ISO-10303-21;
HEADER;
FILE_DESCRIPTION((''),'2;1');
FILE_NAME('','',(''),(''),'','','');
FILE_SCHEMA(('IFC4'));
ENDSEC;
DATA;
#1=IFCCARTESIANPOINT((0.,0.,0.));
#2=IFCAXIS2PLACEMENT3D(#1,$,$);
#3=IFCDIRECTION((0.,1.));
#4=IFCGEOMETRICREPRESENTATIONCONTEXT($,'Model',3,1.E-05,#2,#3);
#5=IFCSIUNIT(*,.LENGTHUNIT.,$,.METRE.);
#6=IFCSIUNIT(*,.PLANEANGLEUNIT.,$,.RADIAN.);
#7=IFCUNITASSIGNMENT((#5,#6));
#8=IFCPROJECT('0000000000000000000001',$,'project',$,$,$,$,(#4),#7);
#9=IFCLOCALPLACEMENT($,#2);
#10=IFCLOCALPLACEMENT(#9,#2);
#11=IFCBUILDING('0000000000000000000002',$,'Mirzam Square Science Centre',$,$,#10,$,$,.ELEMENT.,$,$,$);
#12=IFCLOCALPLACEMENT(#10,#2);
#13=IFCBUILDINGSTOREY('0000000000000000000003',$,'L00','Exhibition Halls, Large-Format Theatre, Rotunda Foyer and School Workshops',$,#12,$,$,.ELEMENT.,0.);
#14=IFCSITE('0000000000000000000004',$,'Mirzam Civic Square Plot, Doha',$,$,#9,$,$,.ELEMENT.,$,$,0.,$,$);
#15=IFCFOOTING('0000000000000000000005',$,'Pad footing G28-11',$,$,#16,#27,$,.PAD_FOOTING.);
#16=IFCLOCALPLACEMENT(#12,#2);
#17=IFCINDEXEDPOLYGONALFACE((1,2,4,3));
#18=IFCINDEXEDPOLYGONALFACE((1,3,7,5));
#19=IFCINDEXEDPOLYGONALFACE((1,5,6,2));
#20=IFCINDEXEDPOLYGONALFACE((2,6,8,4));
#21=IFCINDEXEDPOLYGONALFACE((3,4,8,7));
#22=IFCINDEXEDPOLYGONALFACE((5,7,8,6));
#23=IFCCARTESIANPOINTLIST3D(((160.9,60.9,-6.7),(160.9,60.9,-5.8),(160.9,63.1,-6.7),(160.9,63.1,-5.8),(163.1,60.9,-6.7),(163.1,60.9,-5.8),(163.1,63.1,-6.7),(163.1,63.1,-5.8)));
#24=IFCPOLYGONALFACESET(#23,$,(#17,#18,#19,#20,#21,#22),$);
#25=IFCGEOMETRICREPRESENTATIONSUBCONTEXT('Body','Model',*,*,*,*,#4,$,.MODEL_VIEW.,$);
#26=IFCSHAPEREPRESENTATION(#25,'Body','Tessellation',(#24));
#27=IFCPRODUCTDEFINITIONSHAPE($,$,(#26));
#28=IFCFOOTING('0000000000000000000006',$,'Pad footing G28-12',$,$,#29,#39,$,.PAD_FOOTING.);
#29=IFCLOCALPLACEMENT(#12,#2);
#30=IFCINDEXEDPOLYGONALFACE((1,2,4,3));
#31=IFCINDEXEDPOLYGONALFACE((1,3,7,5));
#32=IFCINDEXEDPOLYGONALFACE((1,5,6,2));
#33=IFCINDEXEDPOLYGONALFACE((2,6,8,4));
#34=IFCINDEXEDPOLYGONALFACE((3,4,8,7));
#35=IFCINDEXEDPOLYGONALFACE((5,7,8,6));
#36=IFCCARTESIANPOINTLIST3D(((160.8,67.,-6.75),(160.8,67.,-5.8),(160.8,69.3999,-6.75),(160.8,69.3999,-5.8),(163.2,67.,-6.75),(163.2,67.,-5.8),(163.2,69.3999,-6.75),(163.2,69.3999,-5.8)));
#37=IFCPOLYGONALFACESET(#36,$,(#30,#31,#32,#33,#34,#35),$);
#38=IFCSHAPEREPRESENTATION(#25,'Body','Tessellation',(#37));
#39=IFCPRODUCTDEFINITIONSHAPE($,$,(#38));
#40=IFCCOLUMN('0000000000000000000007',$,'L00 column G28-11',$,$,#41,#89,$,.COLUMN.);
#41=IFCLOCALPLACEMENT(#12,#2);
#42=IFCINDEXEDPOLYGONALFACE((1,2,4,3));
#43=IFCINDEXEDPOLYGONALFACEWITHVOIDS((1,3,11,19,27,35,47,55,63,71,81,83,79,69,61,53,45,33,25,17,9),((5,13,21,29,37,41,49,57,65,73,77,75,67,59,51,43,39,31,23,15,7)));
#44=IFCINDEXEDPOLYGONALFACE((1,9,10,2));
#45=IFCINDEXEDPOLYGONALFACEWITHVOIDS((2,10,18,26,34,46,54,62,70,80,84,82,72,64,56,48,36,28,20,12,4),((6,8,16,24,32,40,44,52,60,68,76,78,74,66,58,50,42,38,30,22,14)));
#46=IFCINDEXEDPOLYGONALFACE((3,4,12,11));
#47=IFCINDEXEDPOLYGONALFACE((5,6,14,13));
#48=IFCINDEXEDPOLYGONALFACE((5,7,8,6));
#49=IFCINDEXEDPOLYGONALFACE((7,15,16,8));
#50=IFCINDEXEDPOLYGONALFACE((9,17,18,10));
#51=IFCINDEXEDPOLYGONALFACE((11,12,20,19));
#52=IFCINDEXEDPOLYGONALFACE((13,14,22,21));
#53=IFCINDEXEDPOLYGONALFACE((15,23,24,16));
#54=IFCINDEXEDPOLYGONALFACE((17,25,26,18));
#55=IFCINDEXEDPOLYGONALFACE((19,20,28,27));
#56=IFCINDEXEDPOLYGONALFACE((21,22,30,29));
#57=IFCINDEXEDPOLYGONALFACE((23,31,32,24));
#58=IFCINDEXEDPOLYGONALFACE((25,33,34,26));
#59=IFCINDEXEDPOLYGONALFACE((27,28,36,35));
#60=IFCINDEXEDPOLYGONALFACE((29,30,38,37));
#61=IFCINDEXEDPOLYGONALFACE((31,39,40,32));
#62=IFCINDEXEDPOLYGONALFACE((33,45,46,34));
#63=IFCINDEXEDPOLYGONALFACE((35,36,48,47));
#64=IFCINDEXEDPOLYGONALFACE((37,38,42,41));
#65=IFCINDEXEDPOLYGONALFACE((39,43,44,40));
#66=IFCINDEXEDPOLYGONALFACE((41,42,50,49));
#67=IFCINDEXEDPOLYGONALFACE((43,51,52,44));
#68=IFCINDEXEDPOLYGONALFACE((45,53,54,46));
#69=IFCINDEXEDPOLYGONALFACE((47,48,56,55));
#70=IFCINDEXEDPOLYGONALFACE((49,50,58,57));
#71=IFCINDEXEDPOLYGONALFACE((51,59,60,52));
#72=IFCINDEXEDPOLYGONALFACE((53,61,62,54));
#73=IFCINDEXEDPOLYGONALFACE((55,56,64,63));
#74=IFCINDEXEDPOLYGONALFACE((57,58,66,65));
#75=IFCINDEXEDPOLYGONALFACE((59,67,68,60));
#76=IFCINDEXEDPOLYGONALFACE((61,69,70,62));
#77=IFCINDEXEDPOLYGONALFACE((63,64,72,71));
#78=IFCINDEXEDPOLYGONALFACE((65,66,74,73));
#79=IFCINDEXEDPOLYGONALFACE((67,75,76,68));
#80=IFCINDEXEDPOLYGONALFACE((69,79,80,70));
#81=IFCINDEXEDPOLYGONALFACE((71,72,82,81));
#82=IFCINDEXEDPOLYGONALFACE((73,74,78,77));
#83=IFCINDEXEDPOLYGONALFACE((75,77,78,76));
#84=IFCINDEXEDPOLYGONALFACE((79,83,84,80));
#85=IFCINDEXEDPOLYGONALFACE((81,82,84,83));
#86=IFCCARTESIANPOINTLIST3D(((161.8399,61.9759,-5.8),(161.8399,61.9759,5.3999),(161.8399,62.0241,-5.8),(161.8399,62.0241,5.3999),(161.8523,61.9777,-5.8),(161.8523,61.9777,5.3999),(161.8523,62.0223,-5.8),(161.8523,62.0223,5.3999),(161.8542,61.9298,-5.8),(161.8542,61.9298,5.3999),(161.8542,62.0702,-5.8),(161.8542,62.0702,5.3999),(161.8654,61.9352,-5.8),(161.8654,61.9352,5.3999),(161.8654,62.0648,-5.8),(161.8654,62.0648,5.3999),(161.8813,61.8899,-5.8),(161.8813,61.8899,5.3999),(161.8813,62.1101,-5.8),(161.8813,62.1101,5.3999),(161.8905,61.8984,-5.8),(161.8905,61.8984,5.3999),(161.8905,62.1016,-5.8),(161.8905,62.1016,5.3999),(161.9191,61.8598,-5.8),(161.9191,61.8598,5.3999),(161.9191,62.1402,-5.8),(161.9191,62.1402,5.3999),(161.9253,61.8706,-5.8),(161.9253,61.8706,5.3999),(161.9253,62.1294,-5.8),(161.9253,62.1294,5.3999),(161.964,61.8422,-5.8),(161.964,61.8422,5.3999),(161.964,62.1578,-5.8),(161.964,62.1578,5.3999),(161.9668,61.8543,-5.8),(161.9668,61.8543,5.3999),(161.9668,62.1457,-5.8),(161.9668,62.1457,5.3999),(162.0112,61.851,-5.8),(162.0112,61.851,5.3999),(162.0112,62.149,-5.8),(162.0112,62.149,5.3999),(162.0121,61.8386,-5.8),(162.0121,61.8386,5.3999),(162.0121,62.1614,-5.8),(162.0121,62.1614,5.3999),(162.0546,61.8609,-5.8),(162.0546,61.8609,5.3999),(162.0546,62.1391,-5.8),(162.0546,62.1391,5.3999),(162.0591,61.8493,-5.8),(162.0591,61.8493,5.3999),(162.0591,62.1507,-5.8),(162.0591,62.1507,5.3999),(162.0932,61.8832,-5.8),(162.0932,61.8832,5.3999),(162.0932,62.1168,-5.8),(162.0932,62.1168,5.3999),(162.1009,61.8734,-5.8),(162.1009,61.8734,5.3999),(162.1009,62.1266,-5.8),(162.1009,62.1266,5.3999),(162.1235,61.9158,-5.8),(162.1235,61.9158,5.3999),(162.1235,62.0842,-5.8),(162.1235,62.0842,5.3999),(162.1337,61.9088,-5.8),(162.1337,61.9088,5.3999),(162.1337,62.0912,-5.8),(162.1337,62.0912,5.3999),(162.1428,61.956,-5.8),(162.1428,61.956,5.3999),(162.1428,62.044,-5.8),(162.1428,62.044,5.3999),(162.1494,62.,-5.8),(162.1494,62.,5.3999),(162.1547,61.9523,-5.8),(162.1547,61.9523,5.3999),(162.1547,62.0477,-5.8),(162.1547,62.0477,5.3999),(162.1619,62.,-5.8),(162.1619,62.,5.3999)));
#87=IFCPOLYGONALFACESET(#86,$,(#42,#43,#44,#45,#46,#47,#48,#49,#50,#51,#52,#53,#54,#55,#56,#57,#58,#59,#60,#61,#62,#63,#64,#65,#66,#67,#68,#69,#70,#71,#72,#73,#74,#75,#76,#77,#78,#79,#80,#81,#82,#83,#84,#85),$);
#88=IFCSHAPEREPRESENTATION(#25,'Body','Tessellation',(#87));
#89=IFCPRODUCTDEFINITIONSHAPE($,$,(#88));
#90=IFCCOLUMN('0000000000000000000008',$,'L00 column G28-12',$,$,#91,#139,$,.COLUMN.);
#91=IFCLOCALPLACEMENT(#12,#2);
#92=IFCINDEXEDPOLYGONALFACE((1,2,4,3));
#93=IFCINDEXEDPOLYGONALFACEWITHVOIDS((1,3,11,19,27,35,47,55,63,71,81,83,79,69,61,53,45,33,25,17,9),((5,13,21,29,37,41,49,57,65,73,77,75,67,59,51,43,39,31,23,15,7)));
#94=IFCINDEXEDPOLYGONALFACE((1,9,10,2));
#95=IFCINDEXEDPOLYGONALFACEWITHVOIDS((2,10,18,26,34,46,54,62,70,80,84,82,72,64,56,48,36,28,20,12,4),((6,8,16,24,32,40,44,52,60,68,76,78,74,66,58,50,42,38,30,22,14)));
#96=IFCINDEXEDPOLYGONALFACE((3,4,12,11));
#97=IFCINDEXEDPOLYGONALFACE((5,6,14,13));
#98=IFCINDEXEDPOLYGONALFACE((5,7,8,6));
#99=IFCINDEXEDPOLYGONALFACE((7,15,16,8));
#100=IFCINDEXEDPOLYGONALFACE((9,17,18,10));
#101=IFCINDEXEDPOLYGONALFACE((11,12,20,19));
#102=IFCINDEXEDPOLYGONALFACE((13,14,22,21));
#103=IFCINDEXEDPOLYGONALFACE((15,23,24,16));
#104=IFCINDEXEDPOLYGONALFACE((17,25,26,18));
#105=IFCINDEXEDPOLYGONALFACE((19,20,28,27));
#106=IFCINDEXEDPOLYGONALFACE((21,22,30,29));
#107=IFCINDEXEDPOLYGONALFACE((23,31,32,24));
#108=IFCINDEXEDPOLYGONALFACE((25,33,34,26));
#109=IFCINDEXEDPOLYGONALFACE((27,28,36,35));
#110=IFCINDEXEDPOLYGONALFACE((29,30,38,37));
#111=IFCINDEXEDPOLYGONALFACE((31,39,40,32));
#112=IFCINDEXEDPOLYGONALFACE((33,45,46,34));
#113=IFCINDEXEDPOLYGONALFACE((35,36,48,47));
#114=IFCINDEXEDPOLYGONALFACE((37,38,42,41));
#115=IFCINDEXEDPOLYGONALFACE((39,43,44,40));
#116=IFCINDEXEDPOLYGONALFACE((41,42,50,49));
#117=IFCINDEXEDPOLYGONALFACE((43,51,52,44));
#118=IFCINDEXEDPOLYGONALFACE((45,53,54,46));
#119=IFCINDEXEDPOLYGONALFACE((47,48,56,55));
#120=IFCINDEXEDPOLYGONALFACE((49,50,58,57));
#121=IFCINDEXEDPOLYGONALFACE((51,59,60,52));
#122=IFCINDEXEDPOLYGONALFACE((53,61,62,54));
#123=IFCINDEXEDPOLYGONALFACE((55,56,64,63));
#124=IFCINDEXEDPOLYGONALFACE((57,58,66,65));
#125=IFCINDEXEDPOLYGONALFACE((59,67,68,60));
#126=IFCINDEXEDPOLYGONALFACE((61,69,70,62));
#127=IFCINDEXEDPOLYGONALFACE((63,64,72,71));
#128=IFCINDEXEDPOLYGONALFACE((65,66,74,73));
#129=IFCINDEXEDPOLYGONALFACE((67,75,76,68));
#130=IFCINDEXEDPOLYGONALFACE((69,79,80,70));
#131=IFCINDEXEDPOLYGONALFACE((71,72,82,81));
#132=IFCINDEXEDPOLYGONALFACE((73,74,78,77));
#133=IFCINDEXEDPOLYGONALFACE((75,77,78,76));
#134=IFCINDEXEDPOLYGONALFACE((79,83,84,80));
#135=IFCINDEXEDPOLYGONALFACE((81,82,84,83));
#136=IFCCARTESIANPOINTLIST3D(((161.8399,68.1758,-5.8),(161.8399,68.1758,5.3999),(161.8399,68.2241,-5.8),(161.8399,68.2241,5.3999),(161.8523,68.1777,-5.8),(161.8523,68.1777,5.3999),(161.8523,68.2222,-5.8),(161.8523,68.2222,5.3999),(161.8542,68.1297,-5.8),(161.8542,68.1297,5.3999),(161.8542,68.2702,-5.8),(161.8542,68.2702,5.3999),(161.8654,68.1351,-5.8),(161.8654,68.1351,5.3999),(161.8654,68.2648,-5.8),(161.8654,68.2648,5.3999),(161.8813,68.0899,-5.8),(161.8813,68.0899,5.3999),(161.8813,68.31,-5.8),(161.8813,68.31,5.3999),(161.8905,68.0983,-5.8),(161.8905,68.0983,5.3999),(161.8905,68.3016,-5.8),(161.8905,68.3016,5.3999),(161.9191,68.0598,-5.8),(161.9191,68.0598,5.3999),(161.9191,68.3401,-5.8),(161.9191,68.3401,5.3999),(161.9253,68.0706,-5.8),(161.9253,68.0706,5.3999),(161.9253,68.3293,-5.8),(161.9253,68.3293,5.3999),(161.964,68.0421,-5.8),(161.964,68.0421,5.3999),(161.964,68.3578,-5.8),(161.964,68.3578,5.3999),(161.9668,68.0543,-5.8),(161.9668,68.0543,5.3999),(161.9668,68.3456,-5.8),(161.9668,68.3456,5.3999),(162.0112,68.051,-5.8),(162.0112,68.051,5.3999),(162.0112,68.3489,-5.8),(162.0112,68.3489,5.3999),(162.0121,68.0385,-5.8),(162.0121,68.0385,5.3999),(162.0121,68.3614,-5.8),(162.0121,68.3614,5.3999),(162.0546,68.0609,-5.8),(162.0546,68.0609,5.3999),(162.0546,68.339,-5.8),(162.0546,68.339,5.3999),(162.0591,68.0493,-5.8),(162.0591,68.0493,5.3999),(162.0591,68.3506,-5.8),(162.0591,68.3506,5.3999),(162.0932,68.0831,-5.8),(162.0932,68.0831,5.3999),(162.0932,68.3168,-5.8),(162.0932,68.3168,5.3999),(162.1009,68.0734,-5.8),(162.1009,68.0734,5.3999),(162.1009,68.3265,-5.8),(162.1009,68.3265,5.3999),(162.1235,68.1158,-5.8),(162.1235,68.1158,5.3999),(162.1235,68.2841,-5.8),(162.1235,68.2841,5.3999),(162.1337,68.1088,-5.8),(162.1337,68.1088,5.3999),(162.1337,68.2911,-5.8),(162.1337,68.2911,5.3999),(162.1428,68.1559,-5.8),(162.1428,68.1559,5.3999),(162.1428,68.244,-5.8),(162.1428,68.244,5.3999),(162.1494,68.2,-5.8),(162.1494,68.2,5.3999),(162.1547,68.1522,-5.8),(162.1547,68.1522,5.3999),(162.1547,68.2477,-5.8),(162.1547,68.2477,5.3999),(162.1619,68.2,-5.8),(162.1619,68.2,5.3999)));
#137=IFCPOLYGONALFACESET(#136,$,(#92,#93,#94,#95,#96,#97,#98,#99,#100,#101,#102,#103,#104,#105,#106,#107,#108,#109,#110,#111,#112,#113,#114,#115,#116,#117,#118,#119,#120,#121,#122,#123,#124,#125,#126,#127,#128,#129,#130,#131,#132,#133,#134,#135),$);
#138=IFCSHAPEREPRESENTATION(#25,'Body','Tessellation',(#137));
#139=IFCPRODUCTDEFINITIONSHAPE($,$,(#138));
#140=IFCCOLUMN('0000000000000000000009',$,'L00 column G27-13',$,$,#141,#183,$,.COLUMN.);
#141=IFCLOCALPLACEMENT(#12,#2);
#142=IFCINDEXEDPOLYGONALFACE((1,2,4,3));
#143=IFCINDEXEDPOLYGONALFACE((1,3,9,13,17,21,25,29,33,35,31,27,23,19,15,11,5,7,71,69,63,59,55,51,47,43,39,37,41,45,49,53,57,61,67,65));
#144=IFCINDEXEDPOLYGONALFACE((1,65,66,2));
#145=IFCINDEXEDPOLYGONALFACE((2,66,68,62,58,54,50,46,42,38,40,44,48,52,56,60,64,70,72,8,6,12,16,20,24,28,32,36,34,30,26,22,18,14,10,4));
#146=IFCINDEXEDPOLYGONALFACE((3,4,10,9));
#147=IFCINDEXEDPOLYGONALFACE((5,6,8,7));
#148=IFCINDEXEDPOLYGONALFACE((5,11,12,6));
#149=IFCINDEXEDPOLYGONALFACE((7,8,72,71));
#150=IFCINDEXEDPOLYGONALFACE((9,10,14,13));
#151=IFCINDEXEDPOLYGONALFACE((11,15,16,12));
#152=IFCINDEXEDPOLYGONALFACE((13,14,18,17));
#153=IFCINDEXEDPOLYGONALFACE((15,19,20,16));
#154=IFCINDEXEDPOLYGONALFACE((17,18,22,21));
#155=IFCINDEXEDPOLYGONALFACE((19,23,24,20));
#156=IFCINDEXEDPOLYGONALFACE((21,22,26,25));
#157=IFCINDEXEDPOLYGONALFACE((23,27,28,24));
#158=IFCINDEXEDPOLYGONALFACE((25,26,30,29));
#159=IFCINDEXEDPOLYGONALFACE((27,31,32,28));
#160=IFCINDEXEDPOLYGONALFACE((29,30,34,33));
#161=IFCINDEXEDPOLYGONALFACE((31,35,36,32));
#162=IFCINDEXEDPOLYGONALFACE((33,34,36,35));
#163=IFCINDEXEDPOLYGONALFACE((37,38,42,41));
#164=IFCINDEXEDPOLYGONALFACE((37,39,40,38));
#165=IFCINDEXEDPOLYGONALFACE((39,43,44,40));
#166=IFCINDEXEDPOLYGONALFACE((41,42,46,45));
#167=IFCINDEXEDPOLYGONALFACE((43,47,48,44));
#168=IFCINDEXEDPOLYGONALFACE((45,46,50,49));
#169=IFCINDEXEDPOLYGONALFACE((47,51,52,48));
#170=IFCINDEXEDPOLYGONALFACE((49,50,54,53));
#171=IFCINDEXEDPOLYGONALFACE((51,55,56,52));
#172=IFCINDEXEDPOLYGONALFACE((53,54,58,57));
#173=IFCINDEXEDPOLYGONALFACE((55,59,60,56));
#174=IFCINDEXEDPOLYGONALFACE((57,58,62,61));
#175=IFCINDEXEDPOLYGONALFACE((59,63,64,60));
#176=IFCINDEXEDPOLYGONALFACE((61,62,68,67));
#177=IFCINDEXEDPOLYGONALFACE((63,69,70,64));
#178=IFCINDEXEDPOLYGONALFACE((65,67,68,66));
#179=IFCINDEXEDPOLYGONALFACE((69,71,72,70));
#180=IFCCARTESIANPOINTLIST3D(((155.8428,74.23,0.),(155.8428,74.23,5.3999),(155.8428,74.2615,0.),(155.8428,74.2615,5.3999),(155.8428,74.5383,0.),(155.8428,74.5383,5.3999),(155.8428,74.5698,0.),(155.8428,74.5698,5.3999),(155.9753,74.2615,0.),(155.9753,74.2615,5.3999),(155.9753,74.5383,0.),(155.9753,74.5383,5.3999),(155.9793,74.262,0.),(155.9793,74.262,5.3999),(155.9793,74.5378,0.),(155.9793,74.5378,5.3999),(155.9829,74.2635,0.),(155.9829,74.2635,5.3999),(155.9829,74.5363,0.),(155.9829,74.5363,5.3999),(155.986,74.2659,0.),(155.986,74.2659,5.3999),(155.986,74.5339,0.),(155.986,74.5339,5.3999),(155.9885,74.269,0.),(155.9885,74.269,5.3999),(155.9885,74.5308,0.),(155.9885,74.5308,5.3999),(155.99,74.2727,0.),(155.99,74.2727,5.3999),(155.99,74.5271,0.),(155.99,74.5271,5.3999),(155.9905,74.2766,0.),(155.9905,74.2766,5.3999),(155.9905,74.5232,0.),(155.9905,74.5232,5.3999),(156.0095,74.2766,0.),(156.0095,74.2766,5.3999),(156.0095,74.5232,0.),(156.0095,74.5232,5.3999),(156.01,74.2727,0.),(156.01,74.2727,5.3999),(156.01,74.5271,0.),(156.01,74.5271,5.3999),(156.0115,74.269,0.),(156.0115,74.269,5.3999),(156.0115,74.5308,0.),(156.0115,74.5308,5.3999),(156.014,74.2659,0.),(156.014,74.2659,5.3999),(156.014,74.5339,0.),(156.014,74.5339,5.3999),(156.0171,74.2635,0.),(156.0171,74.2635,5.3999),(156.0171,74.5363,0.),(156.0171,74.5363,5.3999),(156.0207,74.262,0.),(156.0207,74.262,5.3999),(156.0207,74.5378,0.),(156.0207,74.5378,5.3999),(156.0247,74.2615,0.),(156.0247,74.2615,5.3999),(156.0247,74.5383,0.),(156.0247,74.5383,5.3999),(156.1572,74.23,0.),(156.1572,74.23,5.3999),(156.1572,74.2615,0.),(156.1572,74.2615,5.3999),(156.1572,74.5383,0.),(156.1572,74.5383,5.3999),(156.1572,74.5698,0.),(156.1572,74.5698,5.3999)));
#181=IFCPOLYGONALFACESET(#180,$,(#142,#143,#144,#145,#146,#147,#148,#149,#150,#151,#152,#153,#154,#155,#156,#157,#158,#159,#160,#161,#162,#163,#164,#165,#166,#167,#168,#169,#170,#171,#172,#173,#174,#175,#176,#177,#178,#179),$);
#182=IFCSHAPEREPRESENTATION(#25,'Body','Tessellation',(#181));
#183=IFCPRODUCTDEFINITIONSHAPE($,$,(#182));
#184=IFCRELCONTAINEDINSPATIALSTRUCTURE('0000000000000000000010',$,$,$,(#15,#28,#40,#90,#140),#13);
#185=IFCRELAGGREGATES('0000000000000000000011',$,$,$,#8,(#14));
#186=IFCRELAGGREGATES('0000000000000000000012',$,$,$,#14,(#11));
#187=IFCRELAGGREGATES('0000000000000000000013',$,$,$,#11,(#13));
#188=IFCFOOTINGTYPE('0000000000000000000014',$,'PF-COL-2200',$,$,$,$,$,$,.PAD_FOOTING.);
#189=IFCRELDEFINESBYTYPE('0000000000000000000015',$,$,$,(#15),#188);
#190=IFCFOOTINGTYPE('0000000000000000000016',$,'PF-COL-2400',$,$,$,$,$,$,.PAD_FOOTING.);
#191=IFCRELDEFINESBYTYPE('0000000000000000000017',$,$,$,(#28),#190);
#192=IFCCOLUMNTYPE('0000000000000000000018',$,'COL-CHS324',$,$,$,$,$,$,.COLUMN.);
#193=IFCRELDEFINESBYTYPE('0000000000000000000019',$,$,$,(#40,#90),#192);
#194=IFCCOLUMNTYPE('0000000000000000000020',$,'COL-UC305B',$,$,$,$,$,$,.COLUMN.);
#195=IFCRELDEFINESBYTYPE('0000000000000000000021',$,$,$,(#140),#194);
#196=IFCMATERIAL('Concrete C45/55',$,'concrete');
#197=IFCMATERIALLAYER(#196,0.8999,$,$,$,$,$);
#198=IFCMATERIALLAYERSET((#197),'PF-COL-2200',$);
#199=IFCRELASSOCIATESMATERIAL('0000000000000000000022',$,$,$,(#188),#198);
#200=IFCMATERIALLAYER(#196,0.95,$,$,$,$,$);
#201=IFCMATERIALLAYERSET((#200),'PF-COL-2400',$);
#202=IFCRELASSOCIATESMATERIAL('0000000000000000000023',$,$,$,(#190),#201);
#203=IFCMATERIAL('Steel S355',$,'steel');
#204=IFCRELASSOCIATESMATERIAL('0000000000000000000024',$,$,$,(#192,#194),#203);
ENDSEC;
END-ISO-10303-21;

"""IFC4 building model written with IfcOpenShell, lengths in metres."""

from ifc_helpers import new_model, si_unit, direction, frame, origin, origin_2d, place, context, subcontext, project, spatial, rectangle, hollow_circle, i_section, extrude, material, layer, layer_set, material_profile, profile_set, type_object, element, save


model = new_model("IFC4")

# Units and contexts
model_context = context("Model", 3, precision=1e-05, world=origin(), true_north=direction((0.0, 1.0)))
body_context = subcontext(model_context, "Body", "Model", "MODEL_VIEW")
ifc_project = project(units=[si_unit("LENGTHUNIT", "METRE"), si_unit("PLANEANGLEUNIT", "RADIAN")], contexts=[model_context])

# Site, building, storey
site_placement = place(None, origin())
site = spatial("IfcSite", under=ifc_project, at=site_placement, Name="Mirzam Civic Square Plot, Doha", CompositionType="ELEMENT", RefElevation=0.0)
building_placement = place(site_placement, origin())
building = spatial("IfcBuilding", under=site, at=building_placement, Name="Mirzam Square Science Centre", CompositionType="ELEMENT")
storey_placement = place(building_placement, origin())
storey = spatial("IfcBuildingStorey", under=building, at=storey_placement, Name="L00", Description="Exhibition Halls, Large-Format Theatre, Rotunda Foyer and School Workshops", CompositionType="ELEMENT", Elevation=0.0)

# Footings
ifc_material_1 = material(Name="Concrete C45/55", Category="concrete")
ifc_layer_1 = layer(ifc_material_1, 0.8999)
ifc_layer_set_1 = layer_set([ifc_layer_1], Name="PF-COL-2200")
footing_type_1 = type_object("IfcFootingType", Name="PF-COL-2200", PredefinedType="PAD_FOOTING", material=ifc_layer_set_1)
footing_1_placement = place(storey_placement, frame((162.0, 62.0, -6.7), z_axis=(0.0, 0.0, 1.0), x_axis=(1.0, 0.0, 0.0)))
element("IfcFooting", 1, at=footing_1_placement, inside=storey, type_object=footing_type_1, Name="Pad footing G28-11", PredefinedType="PAD_FOOTING", context=body_context, shape_type="SweptSolid", body=[
    extrude(rectangle(XDim=2.2, YDim=2.2, at=origin_2d()), origin(), (0.0, 0.0, 1.0), 0.8999),
])
ifc_layer_2 = layer(ifc_material_1, 0.95)
ifc_layer_set_2 = layer_set([ifc_layer_2], Name="PF-COL-2400")
footing_type_2 = type_object("IfcFootingType", Name="PF-COL-2400", PredefinedType="PAD_FOOTING", material=ifc_layer_set_2)
footing_2_placement = place(storey_placement, frame((162.0, 68.2, -6.75), z_axis=(0.0, 0.0, 1.0), x_axis=(1.0, 0.0, 0.0)))
element("IfcFooting", 2, at=footing_2_placement, inside=storey, type_object=footing_type_2, Name="Pad footing G28-12", PredefinedType="PAD_FOOTING", context=body_context, shape_type="SweptSolid", body=[
    extrude(rectangle(XDim=2.3999, YDim=2.3999, at=origin_2d()), origin(), (0.0, 0.0, 1.0), 0.95),
])

# Columns
ifc_material_2 = material(Name="Steel S355", Category="steel")
ifc_material_profile_1 = material_profile(ifc_material_2, hollow_circle(Radius=0.1619, WallThickness=0.0125, at=origin_2d()), Name="323.9x12.5CHS")
ifc_profile_set_1 = profile_set([ifc_material_profile_1], Name="Steel S355")
column_type_1 = type_object("IfcColumnType", Name="COL-CHS324", PredefinedType="COLUMN", material=ifc_profile_set_1)
for number, where, z_axis, x_axis, name in (
    (3, (162.0, 62.0, -5.8), (0.0, 0.0, 1.0), (1.0, 0.0, 0.0), "L00 column G28-11"),
    (4, (162.0, 68.2, -5.8), (0.0, 0.0, 1.0), (1.0, 0.0, 0.0), "L00 column G28-12"),
):
    element("IfcColumn", number, at=place(storey_placement, frame(where, z_axis=z_axis, x_axis=x_axis)), inside=storey, type_object=column_type_1, Name=name, PredefinedType="COLUMN", context=body_context, shape_type="SweptSolid", body=[
        extrude(hollow_circle(Radius=0.1619, WallThickness=0.0125, at=origin_2d()), origin(), (0.0, 0.0, 1.0), 11.2),
    ])
ifc_material_profile_2 = material_profile(ifc_material_2, i_section(OverallWidth=0.3145, OverallDepth=0.3398, WebThickness=0.019, FlangeThickness=0.0315, FilletRadius=0.0151, at=origin_2d()), Name="305x305x198UC")
ifc_profile_set_2 = profile_set([ifc_material_profile_2], Name="Steel S355")
column_type_2 = type_object("IfcColumnType", Name="COL-UC305B", PredefinedType="COLUMN", material=ifc_profile_set_2)
column_1_placement = place(storey_placement, frame((156.0, 74.3999, 0.0), z_axis=(0.0, 0.0, 1.0), x_axis=(1.0, 0.0, 0.0)))
element("IfcColumn", 5, at=column_1_placement, inside=storey, type_object=column_type_2, Name="L00 column G27-13", PredefinedType="COLUMN", context=body_context, shape_type="SweptSolid", body=[
    extrude(i_section(OverallWidth=0.3145, OverallDepth=0.3398, WebThickness=0.019, FlangeThickness=0.0315, FilletRadius=0.0151, at=origin_2d()), origin(), (0.0, 0.0, 1.0), 5.3999),
])

save(model, "model.ifc")
